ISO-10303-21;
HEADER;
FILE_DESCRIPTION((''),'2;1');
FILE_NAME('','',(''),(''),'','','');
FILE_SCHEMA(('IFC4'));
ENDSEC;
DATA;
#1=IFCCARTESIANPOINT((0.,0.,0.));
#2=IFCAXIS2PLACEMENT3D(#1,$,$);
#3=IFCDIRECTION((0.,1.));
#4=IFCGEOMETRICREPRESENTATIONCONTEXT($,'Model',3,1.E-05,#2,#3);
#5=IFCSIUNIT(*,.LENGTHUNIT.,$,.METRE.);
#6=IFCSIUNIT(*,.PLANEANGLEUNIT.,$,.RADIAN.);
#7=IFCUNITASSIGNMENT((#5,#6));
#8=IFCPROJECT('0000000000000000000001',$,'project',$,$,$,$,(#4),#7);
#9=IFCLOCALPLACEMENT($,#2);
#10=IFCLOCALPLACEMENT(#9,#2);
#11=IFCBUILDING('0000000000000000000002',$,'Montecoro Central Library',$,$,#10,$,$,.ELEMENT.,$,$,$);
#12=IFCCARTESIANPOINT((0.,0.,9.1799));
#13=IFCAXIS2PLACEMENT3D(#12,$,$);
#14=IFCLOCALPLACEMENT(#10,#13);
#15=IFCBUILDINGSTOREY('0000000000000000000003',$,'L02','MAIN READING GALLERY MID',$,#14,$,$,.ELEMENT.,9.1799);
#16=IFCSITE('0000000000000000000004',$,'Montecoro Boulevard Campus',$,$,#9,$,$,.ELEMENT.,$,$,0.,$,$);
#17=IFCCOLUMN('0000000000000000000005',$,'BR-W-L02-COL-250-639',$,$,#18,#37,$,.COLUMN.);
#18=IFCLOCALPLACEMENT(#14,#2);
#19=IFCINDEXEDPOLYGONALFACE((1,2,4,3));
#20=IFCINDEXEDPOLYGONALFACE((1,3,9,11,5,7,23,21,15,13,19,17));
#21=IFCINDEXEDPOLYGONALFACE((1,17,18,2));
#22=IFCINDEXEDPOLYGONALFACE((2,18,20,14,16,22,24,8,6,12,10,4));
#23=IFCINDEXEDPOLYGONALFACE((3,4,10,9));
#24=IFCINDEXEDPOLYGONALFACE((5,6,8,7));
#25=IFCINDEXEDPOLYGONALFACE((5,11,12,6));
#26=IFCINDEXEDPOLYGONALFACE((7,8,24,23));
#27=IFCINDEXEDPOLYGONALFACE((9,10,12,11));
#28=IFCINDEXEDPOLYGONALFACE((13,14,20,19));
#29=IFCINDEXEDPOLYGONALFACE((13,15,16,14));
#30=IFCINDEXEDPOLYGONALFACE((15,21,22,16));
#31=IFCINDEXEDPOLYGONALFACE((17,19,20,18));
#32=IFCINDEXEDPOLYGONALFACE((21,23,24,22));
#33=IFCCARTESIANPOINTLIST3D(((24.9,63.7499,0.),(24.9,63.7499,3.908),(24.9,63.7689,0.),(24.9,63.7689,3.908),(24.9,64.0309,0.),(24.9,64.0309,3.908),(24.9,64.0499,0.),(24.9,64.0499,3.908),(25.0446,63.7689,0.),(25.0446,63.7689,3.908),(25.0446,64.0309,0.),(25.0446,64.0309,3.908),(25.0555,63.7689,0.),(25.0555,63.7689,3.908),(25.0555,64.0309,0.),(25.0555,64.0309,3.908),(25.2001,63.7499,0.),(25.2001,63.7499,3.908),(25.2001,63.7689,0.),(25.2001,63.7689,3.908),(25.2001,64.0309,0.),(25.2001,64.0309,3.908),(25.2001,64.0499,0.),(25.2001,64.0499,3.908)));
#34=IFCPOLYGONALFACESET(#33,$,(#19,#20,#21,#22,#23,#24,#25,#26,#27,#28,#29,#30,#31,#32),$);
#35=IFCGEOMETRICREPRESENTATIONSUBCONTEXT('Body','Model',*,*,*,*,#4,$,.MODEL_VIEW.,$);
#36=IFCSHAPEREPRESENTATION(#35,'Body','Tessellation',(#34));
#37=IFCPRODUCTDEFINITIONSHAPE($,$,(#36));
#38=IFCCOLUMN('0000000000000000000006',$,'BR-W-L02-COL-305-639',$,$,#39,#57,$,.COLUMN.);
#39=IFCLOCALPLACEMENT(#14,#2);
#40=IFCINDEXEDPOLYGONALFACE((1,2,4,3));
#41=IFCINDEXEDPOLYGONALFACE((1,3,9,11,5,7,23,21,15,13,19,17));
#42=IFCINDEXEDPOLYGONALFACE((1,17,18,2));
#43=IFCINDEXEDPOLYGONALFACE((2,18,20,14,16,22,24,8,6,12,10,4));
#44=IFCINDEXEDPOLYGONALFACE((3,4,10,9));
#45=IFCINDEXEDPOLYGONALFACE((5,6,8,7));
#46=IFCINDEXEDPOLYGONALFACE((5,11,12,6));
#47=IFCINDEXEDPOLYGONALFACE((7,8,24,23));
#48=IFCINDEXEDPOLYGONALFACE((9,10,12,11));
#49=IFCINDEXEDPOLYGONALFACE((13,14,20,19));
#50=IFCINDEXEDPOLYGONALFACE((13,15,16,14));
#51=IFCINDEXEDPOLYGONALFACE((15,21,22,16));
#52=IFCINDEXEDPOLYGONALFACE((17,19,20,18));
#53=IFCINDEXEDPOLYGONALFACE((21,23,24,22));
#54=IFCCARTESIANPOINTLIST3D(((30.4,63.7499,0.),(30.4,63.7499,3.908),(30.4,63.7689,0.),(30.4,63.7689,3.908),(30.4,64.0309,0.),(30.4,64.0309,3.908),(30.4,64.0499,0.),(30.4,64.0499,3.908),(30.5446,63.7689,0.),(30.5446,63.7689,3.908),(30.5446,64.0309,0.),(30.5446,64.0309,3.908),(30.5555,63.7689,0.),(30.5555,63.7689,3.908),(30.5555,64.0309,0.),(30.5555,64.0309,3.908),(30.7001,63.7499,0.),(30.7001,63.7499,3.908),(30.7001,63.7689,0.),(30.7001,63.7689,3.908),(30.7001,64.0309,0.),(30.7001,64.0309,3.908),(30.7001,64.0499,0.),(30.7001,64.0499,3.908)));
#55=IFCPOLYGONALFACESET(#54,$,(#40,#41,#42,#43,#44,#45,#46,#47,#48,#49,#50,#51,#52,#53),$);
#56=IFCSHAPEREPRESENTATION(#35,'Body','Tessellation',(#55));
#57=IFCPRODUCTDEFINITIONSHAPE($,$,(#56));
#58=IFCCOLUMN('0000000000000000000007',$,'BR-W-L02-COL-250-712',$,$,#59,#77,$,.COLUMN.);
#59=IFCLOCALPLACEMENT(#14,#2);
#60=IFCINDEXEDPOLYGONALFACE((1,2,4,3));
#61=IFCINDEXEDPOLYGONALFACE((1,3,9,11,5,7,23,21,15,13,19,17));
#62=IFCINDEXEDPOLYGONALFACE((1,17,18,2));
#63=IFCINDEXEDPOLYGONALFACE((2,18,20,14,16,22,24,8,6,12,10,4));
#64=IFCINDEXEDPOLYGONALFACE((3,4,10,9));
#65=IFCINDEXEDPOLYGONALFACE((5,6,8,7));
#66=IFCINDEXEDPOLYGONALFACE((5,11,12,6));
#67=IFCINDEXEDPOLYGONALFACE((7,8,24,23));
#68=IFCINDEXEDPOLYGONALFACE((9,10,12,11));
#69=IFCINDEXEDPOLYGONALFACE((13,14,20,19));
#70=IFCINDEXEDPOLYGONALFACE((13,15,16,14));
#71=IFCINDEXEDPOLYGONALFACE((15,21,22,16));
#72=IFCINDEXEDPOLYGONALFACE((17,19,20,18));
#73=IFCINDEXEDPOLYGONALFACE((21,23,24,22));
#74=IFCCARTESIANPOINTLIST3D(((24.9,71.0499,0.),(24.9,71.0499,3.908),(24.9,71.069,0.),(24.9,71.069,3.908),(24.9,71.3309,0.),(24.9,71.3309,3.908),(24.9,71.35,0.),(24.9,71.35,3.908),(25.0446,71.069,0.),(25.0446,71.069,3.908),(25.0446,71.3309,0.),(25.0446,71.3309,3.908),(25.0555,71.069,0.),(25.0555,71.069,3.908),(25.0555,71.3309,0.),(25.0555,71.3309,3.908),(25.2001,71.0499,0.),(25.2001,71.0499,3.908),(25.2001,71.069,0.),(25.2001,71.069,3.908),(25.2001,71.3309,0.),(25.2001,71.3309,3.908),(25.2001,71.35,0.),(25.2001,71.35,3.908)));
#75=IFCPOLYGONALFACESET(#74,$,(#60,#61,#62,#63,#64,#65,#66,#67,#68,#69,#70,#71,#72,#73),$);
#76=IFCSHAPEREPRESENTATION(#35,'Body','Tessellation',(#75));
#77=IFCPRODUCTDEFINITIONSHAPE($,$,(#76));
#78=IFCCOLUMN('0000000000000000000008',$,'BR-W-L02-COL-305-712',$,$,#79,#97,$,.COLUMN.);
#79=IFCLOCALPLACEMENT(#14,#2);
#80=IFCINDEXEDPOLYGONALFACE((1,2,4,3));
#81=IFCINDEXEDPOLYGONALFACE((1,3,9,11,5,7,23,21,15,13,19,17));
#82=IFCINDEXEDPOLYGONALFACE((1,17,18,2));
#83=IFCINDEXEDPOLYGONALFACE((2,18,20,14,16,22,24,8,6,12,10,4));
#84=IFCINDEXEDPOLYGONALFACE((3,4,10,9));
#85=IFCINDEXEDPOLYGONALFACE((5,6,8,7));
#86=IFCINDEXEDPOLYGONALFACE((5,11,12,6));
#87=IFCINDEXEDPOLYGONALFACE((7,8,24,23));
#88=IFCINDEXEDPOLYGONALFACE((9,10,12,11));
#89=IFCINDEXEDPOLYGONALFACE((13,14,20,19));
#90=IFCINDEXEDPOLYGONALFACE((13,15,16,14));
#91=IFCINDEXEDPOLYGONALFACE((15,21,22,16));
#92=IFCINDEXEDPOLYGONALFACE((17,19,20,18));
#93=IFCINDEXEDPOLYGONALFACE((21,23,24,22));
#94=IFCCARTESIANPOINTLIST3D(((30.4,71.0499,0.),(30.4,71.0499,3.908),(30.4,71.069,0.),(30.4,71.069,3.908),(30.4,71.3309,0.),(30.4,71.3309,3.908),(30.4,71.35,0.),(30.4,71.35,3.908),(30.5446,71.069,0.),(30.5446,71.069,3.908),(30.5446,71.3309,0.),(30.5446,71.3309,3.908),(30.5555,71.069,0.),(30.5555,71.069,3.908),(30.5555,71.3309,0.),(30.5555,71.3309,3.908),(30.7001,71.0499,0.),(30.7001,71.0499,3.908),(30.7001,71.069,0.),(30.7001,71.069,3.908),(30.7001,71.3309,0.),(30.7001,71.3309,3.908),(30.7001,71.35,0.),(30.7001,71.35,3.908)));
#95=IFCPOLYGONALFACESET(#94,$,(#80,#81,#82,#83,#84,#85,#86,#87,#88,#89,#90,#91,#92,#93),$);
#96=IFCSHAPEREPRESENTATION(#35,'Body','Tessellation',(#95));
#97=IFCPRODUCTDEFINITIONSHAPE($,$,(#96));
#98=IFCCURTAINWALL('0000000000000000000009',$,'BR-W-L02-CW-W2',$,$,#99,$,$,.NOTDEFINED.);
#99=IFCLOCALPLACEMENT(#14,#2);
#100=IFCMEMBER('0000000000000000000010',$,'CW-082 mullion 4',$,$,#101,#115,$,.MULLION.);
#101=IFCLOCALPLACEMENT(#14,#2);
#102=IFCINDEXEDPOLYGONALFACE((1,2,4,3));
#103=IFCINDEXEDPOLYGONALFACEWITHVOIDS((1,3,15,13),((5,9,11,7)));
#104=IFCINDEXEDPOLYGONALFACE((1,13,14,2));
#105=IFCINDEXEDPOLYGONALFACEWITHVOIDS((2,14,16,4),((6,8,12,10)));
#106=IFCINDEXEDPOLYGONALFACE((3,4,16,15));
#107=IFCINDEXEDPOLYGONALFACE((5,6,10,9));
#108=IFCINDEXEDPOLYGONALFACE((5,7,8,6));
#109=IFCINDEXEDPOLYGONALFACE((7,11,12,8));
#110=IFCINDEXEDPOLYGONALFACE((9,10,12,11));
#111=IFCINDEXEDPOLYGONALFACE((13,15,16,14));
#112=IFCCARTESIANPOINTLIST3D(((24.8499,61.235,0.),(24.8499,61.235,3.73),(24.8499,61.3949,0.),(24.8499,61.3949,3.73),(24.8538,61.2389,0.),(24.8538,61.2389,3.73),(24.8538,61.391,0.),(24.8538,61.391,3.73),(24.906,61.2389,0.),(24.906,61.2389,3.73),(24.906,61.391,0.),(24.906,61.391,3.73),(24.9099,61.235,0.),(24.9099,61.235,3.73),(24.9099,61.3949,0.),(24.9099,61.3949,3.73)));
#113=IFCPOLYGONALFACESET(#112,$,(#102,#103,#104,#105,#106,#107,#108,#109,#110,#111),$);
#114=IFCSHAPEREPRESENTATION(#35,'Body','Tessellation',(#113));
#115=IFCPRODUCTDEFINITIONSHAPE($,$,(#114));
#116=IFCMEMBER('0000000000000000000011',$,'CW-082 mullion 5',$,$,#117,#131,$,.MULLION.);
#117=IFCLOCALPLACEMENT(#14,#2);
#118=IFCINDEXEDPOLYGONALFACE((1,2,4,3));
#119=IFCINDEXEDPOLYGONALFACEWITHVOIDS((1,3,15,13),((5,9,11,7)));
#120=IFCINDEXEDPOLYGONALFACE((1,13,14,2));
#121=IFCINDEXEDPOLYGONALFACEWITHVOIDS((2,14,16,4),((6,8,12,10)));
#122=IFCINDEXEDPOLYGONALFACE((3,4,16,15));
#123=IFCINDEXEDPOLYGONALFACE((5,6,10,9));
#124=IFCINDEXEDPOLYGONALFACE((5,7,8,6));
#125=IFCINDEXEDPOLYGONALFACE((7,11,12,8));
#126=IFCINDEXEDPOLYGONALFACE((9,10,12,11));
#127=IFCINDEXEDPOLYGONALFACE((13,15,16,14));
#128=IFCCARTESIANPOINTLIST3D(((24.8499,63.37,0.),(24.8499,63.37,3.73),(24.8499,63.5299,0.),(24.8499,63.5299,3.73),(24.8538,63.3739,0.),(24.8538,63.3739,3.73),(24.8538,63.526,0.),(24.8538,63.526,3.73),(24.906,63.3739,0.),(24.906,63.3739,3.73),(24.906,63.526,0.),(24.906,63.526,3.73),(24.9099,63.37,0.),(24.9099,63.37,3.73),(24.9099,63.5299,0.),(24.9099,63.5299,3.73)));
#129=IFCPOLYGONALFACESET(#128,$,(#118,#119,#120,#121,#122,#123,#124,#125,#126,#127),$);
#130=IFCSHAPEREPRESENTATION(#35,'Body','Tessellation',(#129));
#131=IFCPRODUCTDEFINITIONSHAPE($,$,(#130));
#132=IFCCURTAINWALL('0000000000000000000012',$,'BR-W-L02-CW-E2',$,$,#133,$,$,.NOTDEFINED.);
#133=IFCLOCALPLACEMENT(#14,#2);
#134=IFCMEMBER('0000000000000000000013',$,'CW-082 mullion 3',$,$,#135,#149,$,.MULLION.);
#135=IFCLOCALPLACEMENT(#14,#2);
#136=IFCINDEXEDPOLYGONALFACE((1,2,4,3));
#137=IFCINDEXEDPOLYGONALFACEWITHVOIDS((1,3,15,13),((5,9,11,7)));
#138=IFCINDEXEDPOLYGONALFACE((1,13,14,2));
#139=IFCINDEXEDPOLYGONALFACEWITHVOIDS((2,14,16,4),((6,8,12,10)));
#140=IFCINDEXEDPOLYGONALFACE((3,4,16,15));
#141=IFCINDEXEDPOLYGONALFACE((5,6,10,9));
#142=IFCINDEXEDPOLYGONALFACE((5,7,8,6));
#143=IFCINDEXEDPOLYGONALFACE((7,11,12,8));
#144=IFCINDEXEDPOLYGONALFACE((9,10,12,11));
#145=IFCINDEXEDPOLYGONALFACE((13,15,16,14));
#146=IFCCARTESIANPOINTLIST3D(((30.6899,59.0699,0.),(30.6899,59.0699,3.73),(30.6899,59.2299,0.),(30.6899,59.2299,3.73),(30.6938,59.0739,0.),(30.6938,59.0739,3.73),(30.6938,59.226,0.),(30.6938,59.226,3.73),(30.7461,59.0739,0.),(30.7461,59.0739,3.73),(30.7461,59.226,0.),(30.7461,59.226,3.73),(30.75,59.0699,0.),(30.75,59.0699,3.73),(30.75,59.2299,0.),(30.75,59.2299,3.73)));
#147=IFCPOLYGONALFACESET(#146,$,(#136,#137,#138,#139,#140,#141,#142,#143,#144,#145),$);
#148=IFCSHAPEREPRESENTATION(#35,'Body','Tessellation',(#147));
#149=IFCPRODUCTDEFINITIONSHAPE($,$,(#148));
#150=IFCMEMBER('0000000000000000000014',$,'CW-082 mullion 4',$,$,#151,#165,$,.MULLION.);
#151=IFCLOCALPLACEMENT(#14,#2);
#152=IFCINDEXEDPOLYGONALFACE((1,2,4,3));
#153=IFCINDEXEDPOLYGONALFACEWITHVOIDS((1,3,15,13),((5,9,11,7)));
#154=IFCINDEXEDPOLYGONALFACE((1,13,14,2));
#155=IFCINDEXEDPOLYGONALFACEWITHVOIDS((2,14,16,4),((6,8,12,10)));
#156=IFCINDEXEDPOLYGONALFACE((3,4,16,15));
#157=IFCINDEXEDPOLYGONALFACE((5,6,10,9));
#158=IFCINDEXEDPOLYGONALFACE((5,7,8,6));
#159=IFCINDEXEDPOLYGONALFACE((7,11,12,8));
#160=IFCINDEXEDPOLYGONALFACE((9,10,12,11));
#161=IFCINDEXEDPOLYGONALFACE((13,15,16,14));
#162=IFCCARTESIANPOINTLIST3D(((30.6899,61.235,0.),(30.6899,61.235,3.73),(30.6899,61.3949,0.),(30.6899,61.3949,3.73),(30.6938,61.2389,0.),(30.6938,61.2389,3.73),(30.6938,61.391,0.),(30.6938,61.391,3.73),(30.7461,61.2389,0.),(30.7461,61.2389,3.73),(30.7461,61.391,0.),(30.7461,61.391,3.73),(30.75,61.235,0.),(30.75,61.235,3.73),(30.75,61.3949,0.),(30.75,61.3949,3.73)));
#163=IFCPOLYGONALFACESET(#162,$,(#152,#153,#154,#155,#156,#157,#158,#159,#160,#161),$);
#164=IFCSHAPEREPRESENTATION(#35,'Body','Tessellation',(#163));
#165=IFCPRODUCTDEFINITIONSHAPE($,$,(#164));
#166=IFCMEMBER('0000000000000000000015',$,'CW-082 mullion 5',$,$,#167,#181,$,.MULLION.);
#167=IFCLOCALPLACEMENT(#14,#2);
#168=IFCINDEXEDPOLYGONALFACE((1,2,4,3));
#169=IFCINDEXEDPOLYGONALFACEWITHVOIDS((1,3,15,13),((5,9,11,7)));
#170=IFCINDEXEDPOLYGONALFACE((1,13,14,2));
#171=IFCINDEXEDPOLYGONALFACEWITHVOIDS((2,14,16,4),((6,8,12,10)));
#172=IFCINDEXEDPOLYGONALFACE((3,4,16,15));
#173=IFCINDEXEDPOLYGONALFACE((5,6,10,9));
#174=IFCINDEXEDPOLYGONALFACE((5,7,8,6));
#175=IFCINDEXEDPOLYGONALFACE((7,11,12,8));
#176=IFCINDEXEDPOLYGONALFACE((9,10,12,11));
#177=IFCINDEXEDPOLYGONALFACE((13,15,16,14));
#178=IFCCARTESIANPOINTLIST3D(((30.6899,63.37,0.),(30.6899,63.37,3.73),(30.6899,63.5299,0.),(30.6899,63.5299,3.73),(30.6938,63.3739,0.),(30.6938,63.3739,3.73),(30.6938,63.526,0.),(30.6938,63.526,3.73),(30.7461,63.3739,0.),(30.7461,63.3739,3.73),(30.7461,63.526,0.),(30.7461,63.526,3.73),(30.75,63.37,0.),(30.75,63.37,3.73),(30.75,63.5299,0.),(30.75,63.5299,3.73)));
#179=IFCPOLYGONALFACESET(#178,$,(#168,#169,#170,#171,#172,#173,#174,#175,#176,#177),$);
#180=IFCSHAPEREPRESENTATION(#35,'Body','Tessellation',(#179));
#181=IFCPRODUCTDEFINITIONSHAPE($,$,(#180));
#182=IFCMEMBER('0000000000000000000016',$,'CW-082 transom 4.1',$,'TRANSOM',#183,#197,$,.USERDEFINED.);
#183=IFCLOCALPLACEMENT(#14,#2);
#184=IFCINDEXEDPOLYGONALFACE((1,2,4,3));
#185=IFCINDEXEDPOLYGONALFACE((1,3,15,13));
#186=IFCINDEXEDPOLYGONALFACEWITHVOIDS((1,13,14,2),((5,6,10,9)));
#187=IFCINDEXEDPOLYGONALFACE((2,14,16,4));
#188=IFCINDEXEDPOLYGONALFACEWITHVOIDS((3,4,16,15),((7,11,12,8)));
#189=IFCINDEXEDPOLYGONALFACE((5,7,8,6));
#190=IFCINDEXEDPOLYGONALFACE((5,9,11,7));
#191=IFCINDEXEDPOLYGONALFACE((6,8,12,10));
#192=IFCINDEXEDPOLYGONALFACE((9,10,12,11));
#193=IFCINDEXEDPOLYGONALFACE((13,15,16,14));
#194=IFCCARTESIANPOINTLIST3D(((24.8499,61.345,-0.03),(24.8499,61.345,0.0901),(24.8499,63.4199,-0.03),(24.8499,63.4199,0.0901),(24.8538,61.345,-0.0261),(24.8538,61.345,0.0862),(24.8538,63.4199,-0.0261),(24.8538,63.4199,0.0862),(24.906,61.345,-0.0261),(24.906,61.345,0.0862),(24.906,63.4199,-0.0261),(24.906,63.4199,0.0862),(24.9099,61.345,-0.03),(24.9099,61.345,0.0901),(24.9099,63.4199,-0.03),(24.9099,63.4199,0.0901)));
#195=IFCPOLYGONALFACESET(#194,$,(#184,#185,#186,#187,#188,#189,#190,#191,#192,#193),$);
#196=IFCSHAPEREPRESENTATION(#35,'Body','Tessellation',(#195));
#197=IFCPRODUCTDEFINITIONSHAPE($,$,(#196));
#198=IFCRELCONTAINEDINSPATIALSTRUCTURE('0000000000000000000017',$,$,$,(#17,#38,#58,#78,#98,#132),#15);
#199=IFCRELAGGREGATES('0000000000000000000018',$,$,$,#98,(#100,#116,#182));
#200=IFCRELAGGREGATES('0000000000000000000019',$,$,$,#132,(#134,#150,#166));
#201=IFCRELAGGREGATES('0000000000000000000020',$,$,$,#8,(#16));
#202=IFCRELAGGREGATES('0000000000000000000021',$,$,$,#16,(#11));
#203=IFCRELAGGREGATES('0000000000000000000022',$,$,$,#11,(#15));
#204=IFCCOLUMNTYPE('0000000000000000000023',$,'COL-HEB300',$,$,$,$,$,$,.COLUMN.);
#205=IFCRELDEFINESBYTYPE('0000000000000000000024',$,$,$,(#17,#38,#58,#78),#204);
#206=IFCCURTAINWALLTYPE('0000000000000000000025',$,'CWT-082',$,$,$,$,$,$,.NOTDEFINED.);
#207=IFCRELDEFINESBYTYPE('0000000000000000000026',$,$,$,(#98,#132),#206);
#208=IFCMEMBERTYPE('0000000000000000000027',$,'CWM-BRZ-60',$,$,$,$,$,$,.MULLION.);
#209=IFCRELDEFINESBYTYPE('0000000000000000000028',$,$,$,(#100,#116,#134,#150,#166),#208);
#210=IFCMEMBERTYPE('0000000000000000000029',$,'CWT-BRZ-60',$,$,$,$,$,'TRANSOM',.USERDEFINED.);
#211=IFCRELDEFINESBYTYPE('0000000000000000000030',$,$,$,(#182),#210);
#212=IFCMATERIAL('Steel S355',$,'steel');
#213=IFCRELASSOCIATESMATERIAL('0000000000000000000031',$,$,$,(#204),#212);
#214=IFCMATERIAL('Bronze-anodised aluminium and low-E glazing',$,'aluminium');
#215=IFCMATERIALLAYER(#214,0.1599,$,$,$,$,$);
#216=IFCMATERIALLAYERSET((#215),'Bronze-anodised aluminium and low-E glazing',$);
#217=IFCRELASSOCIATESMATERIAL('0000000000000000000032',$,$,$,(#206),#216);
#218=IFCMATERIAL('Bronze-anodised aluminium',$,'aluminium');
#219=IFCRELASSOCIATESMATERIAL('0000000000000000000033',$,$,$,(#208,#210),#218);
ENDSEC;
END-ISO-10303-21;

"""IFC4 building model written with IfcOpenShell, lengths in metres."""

from ifc_helpers import new_model, si_unit, direction, frame, origin, origin_2d, place, context, subcontext, project, spatial, hollow_rectangle, i_section, extrude, material, layer, layer_set, material_profile, profile_set, type_object, element, aggregate, save


model = new_model("IFC4")

# Units and contexts
model_context = context("Model", 3, precision=1e-05, world=origin(), true_north=direction((0.0, 1.0)))
body_context = subcontext(model_context, "Body", "Model", "MODEL_VIEW")
ifc_project = project(units=[si_unit("LENGTHUNIT", "METRE"), si_unit("PLANEANGLEUNIT", "RADIAN")], contexts=[model_context])

# Site, building, storey
site_placement = place(None, origin())
site = spatial("IfcSite", under=ifc_project, at=site_placement, Name="Montecoro Boulevard Campus", CompositionType="ELEMENT", RefElevation=0.0)
building_placement = place(site_placement, origin())
building = spatial("IfcBuilding", under=site, at=building_placement, Name="Montecoro Central Library", CompositionType="ELEMENT")
storey_placement = place(building_placement, frame((0.0, 0.0, 9.1799)))
storey = spatial("IfcBuildingStorey", under=building, at=storey_placement, Name="L02", Description="MAIN READING GALLERY MID", CompositionType="ELEMENT", Elevation=9.1799)

# Columns
ifc_material_1 = material(Name="Steel S355", Category="steel")
ifc_material_profile_1 = material_profile(ifc_material_1, i_section(OverallWidth=0.3, OverallDepth=0.3, WebThickness=0.011, FlangeThickness=0.019, at=origin_2d()), Name="HEB 300")
ifc_profile_set_1 = profile_set([ifc_material_profile_1], Name="Steel S355")
column_type = type_object("IfcColumnType", Name="COL-HEB300", PredefinedType="COLUMN", material=ifc_profile_set_1)
for number, where, z_axis, x_axis, name in (
    (1, (25.05, 63.8999, 0.0), (0.0, 0.0, 1.0), (1.0, 0.0, 0.0), "BR-W-L02-COL-250-639"),
    (2, (30.55, 63.8999, 0.0), (0.0, 0.0, 1.0), (1.0, 0.0, 0.0), "BR-W-L02-COL-305-639"),
    (3, (25.05, 71.2, 0.0), (0.0, 0.0, 1.0), (1.0, 0.0, 0.0), "BR-W-L02-COL-250-712"),
    (4, (30.55, 71.2, 0.0), (0.0, 0.0, 1.0), (1.0, 0.0, 0.0), "BR-W-L02-COL-305-712"),
):
    element("IfcColumn", number, at=place(storey_placement, frame(where, z_axis=z_axis, x_axis=x_axis)), inside=storey, type_object=column_type, Name=name, PredefinedType="COLUMN", context=body_context, shape_type="SweptSolid", body=[
        extrude(i_section(OverallWidth=0.3, OverallDepth=0.3, WebThickness=0.011, FlangeThickness=0.019, at=origin_2d()), origin(), (0.0, 0.0, 1.0), 3.908),
    ])

# Curtain walls, members
ifc_material_2 = material(Name="Bronze-anodised aluminium and low-E glazing", Category="aluminium")
ifc_layer_1 = layer(ifc_material_2, 0.1599)
ifc_layer_set_1 = layer_set([ifc_layer_1], Name="Bronze-anodised aluminium and low-E glazing")
curtain_wall_type = type_object("IfcCurtainWallType", Name="CWT-082", PredefinedType="NOTDEFINED", material=ifc_layer_set_1)
curtain_wall_1_placement = place(storey_placement, origin())
curtain_wall_1 = element("IfcCurtainWall", 5, at=curtain_wall_1_placement, inside=storey, type_object=curtain_wall_type, Name="BR-W-L02-CW-W2", PredefinedType="NOTDEFINED")
ifc_material_3 = material(Name="Bronze-anodised aluminium", Category="aluminium")
ifc_material_profile_2 = material_profile(ifc_material_3, hollow_rectangle(XDim=0.0601, YDim=0.1599, WallThickness=0.0039, at=origin_2d()), Name="CWM 160x60x4.0")
ifc_profile_set_2 = profile_set([ifc_material_profile_2], Name="Bronze-anodised aluminium")
member_type_1 = type_object("IfcMemberType", Name="CWM-BRZ-60", PredefinedType="MULLION", material=ifc_profile_set_2)
member_1_placement = place(storey_placement, frame((24.8799, 61.3149, 0.0), z_axis=(0.0, 0.0, 1.0), x_axis=(-1.0, 0.0, 0.0)))
member_1 = element("IfcMember", 6, at=member_1_placement, type_object=member_type_1, Name="CW-082 mullion 4", PredefinedType="MULLION", context=body_context, shape_type="SweptSolid", body=[
    extrude(hollow_rectangle(XDim=0.0601, YDim=0.1599, WallThickness=0.0039, at=origin_2d()), origin(), (0.0, 0.0, 1.0), 3.73),
])
member_2_placement = place(storey_placement, frame((24.8799, 63.45, 0.0), z_axis=(0.0, 0.0, 1.0), x_axis=(-1.0, 0.0, 0.0)))
member_2 = element("IfcMember", 7, at=member_2_placement, type_object=member_type_1, Name="CW-082 mullion 5", PredefinedType="MULLION", context=body_context, shape_type="SweptSolid", body=[
    extrude(hollow_rectangle(XDim=0.0601, YDim=0.1599, WallThickness=0.0039, at=origin_2d()), origin(), (0.0, 0.0, 1.0), 3.73),
])
curtain_wall_2_placement = place(storey_placement, origin())
curtain_wall_2 = element("IfcCurtainWall", 8, at=curtain_wall_2_placement, inside=storey, type_object=curtain_wall_type, Name="BR-W-L02-CW-E2", PredefinedType="NOTDEFINED")
member_3_placement = place(storey_placement, frame((30.72, 59.1499, 0.0), z_axis=(0.0, 0.0, 1.0), x_axis=(-1.0, 0.0, 0.0)))
member_3 = element("IfcMember", 9, at=member_3_placement, type_object=member_type_1, Name="CW-082 mullion 3", PredefinedType="MULLION", context=body_context, shape_type="SweptSolid", body=[
    extrude(hollow_rectangle(XDim=0.0601, YDim=0.1599, WallThickness=0.0039, at=origin_2d()), origin(), (0.0, 0.0, 1.0), 3.73),
])
member_4_placement = place(storey_placement, frame((30.72, 61.3149, 0.0), z_axis=(0.0, 0.0, 1.0), x_axis=(-1.0, 0.0, 0.0)))
member_4 = element("IfcMember", 10, at=member_4_placement, type_object=member_type_1, Name="CW-082 mullion 4", PredefinedType="MULLION", context=body_context, shape_type="SweptSolid", body=[
    extrude(hollow_rectangle(XDim=0.0601, YDim=0.1599, WallThickness=0.0039, at=origin_2d()), origin(), (0.0, 0.0, 1.0), 3.73),
])
member_5_placement = place(storey_placement, frame((30.72, 63.45, 0.0), z_axis=(0.0, 0.0, 1.0), x_axis=(-1.0, 0.0, 0.0)))
member_5 = element("IfcMember", 11, at=member_5_placement, type_object=member_type_1, Name="CW-082 mullion 5", PredefinedType="MULLION", context=body_context, shape_type="SweptSolid", body=[
    extrude(hollow_rectangle(XDim=0.0601, YDim=0.1599, WallThickness=0.0039, at=origin_2d()), origin(), (0.0, 0.0, 1.0), 3.73),
])

# Member
ifc_material_profile_3 = material_profile(ifc_material_3, hollow_rectangle(XDim=0.0601, YDim=0.1201, WallThickness=0.0039, at=origin_2d()), Name="CWT 120x60x4.0")
ifc_profile_set_3 = profile_set([ifc_material_profile_3], Name="Bronze-anodised aluminium")
member_type_2 = type_object("IfcMemberType", Name="CWT-BRZ-60", ElementType="TRANSOM", PredefinedType="USERDEFINED", material=ifc_profile_set_3)
member_6_placement = place(storey_placement, frame((24.8799, 61.345, 0.03), z_axis=(0.0, 1.0, 0.0), x_axis=(-1.0, 0.0, 0.0)))
member_6 = element("IfcMember", 12, at=member_6_placement, type_object=member_type_2, Name="CW-082 transom 4.1", ObjectType="TRANSOM", PredefinedType="USERDEFINED", context=body_context, shape_type="SweptSolid", body=[
    extrude(hollow_rectangle(XDim=0.0601, YDim=0.1201, WallThickness=0.0039, at=origin_2d()), origin(), (0.0, 0.0, 1.0), 2.075),
])

aggregate(curtain_wall_1, [member_1, member_2, member_6])
aggregate(curtain_wall_2, [member_3, member_4, member_5])

save(model, "model.ifc")
